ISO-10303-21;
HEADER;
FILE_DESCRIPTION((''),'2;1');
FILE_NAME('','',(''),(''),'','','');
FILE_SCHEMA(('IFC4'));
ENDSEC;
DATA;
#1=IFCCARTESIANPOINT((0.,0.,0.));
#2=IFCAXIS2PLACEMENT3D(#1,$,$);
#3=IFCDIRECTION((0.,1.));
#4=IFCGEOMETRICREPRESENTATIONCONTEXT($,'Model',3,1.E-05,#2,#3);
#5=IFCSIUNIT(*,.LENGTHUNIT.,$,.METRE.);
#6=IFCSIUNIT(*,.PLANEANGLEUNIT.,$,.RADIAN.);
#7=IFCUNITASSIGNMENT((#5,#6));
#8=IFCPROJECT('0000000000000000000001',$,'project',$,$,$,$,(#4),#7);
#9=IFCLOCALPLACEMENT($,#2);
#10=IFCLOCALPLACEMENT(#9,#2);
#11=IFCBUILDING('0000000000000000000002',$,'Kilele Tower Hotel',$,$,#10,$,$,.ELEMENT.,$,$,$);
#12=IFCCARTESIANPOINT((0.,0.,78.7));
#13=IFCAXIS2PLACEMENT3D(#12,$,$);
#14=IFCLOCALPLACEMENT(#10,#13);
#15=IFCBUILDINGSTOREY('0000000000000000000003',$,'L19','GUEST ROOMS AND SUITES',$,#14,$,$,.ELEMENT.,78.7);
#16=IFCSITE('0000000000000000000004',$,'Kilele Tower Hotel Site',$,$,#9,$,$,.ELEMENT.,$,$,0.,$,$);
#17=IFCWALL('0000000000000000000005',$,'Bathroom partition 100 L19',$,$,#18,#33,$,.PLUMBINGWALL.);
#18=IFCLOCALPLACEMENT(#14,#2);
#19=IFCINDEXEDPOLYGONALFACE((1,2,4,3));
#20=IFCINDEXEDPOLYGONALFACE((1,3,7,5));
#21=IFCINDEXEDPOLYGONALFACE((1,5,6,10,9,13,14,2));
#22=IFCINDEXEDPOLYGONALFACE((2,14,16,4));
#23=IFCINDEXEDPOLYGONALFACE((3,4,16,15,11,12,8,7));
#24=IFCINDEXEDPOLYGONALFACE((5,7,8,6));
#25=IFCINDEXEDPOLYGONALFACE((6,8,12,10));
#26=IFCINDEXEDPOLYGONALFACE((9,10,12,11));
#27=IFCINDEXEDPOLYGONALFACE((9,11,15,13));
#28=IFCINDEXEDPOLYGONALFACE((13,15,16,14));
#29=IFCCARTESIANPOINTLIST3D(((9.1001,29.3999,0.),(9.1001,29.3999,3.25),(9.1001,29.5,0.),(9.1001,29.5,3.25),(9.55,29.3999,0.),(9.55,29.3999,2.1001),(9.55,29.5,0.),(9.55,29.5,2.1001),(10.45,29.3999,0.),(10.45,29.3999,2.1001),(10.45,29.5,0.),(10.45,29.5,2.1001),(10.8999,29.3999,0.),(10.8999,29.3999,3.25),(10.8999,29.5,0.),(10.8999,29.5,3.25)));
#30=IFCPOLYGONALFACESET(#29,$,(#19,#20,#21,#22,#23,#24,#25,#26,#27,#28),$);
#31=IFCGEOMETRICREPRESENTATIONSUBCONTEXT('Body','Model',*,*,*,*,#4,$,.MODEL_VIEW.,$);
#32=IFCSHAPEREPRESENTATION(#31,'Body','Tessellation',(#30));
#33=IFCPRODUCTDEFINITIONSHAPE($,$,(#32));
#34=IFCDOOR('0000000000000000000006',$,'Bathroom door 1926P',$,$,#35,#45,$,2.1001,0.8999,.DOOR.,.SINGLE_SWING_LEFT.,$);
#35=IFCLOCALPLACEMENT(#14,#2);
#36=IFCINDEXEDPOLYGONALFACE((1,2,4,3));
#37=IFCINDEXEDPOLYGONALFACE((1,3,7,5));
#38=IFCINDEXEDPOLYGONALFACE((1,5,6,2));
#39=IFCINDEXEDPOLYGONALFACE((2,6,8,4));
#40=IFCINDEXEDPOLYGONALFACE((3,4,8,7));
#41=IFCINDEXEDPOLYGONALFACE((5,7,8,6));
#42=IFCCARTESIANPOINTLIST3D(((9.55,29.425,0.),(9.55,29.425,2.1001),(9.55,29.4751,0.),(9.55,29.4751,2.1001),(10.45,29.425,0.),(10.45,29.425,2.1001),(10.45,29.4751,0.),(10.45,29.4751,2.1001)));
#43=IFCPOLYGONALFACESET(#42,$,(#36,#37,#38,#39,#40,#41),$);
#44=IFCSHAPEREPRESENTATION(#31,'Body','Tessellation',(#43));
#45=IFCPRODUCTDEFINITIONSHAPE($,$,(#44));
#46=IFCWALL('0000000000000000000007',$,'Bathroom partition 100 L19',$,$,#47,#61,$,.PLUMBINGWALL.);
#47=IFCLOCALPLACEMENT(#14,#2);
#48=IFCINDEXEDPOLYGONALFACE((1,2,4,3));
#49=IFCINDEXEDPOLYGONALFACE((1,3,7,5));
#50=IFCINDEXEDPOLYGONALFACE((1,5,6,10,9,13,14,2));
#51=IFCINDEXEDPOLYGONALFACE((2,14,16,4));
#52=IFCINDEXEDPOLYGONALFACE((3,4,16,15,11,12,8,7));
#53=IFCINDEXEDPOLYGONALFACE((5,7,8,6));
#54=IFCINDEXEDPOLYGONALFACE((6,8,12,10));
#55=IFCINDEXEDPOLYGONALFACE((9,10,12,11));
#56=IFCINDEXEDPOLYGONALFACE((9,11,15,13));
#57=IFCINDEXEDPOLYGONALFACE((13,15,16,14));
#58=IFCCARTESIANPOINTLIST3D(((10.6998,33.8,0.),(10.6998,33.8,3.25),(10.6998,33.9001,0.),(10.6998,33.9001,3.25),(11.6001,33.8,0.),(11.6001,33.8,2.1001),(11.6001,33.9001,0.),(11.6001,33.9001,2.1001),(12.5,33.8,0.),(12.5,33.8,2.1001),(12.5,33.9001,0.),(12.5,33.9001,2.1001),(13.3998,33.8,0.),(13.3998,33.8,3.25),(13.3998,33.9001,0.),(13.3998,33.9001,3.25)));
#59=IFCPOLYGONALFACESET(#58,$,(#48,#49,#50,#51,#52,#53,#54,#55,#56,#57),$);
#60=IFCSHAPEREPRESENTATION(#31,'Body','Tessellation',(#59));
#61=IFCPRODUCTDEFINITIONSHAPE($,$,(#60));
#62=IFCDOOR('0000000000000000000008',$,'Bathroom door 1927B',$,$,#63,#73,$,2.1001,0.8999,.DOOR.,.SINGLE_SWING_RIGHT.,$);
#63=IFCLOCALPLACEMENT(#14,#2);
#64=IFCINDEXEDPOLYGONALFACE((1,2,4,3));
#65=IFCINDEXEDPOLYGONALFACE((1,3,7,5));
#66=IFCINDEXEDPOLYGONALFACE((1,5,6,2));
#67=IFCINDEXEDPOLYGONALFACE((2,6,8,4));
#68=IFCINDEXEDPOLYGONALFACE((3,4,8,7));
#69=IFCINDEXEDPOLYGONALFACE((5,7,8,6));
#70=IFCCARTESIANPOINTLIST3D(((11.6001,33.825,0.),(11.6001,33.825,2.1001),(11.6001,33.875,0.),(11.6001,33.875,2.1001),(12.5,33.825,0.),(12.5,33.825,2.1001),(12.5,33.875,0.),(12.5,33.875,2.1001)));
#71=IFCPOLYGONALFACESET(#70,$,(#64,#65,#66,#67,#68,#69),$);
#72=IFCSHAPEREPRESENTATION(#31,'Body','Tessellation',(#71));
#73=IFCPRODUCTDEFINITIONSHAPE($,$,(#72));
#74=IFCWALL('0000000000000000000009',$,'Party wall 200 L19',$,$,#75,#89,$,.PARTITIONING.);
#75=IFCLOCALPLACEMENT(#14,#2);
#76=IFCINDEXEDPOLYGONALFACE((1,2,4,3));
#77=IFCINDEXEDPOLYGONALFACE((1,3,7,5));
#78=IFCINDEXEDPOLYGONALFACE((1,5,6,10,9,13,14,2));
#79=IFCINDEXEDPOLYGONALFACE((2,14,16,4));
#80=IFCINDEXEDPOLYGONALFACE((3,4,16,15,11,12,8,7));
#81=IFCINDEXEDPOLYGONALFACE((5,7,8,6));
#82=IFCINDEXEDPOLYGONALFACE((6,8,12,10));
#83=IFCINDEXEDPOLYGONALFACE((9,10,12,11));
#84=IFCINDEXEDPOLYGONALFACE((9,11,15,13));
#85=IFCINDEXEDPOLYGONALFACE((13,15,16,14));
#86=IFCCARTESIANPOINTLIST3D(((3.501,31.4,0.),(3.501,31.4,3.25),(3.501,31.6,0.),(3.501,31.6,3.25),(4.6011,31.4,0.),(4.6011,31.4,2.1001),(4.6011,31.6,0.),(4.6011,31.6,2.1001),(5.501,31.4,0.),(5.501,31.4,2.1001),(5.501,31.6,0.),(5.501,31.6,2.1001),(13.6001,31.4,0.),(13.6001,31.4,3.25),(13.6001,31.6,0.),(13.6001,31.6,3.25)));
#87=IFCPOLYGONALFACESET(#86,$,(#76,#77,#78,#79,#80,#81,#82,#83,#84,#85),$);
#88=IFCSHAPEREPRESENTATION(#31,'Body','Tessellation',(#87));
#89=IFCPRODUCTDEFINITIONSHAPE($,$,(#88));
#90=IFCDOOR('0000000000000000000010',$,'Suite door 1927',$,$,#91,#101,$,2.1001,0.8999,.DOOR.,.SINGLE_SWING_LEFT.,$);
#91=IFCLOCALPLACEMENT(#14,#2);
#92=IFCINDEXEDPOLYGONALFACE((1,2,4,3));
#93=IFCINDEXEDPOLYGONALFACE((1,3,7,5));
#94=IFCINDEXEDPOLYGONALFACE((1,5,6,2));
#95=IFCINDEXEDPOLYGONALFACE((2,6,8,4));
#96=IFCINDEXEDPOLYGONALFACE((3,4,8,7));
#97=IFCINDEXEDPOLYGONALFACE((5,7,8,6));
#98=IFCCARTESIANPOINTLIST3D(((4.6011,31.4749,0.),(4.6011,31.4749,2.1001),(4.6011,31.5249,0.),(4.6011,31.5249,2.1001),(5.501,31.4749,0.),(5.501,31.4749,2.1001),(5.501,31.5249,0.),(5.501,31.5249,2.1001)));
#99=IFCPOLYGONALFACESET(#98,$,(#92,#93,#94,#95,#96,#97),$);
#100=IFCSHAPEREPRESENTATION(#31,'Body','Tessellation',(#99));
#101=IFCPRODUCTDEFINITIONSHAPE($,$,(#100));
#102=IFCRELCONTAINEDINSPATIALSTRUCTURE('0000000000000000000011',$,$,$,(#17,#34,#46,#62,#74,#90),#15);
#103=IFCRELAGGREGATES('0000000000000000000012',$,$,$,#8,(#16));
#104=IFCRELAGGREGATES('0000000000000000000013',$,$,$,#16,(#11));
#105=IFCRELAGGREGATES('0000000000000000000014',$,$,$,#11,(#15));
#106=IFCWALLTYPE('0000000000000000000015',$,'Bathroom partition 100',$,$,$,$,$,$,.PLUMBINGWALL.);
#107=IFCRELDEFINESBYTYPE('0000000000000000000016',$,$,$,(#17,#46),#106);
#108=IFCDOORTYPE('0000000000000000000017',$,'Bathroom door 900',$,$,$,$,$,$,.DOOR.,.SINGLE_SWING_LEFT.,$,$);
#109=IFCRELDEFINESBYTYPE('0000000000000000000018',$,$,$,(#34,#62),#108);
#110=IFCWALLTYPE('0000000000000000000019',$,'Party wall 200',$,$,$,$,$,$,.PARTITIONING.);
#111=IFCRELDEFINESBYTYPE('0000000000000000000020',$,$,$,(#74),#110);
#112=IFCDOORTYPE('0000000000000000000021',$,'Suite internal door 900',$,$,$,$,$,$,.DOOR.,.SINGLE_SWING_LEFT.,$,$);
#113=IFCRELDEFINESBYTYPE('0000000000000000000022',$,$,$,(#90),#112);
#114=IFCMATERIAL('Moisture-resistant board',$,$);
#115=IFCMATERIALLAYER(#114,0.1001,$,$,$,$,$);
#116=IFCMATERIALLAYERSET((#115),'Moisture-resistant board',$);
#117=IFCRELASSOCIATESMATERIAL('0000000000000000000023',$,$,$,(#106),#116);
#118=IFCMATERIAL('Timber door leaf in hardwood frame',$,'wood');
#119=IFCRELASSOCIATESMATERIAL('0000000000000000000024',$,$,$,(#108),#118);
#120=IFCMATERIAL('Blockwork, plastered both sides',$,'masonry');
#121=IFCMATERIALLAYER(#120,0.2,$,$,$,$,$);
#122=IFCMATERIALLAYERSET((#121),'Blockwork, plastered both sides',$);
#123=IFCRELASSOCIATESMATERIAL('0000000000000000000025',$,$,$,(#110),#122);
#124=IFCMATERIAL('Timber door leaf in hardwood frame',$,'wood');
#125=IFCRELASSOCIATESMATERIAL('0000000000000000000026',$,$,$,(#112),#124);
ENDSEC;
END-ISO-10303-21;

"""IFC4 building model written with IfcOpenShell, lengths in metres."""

from ifc_helpers import new_model, si_unit, direction, frame, frame_2d, origin, place, context, subcontext, project, spatial, rectangle, extrude, material, layer, layer_set, type_object, element, fill, save


model = new_model("IFC4")

# Units and contexts
model_context = context("Model", 3, precision=1e-05, world=origin(), true_north=direction((0.0, 1.0)))
body_context = subcontext(model_context, "Body", "Model", "MODEL_VIEW")
ifc_project = project(units=[si_unit("LENGTHUNIT", "METRE"), si_unit("PLANEANGLEUNIT", "RADIAN")], contexts=[model_context])

# Site, building, storey
site_placement = place(None, origin())
site = spatial("IfcSite", under=ifc_project, at=site_placement, Name="Kilele Tower Hotel Site", CompositionType="ELEMENT", RefElevation=0.0)
building_placement = place(site_placement, origin())
building = spatial("IfcBuilding", under=site, at=building_placement, Name="Kilele Tower Hotel", CompositionType="ELEMENT")
storey_placement = place(building_placement, frame((0.0, 0.0, 78.7)))
storey = spatial("IfcBuildingStorey", under=building, at=storey_placement, Name="L19", Description="GUEST ROOMS AND SUITES", CompositionType="ELEMENT", Elevation=78.7)

# Shared definitions
ifc_material_1 = material(Name="Moisture-resistant board")
ifc_layer_1 = layer(ifc_material_1, 0.1001)
ifc_layer_set_1 = layer_set([ifc_layer_1], Name="Moisture-resistant board")
wall_type_1 = type_object("IfcWallType", Name="Bathroom partition 100", PredefinedType="PLUMBINGWALL", material=ifc_layer_set_1)

# Shared definitions
ifc_material_2 = material(Name="Timber door leaf in hardwood frame", Category="wood")
door_type_1 = type_object("IfcDoorType", Name="Bathroom door 900", OperationType="SINGLE_SWING_LEFT", PredefinedType="DOOR", material=ifc_material_2)

# Walls, openings, doors
wall_1_placement = place(storey_placement, frame((10.8999, 29.45, 0.0), z_axis=(0.0, 0.0, 1.0), x_axis=(-1.0, 0.0, 0.0)))
wall_1 = element("IfcWall", 1, at=wall_1_placement, inside=storey, type_object=wall_type_1, Name="Bathroom partition 100 L19", PredefinedType="PLUMBINGWALL", context=body_context, shape_type="SweptSolid", body=[
    extrude(rectangle(XDim=1.7998, YDim=0.1001, at=frame_2d((0.8999, 0.0))), origin(), (0.0, 0.0, 1.0), 3.25),
])
opening_1_placement = place(wall_1_placement, frame((0.45, 0.0, 0.0)))
opening_1 = element("IfcOpeningElement", 2, at=opening_1_placement, cuts=wall_1, PredefinedType="OPENING", context=body_context, shape_type="SweptSolid", body=[
    extrude(rectangle(XDim=0.8999, YDim=2.1001, at=frame_2d((0.45, 1.05))), frame((0.0, 0.0601, 0.0), z_axis=(0.0, -1.0, 0.0), x_axis=(1.0, 0.0, 0.0)), (0.0, 0.0, 1.0), 0.1201),
])
door_1_placement = place(opening_1_placement, origin())
door_1 = element("IfcDoor", 3, at=door_1_placement, inside=storey, type_object=door_type_1, Name="Bathroom door 1926P", OperationType="SINGLE_SWING_LEFT", OverallHeight=2.1001, OverallWidth=0.8999, PredefinedType="DOOR", context=body_context, shape_type="SweptSolid", body=[
    extrude(rectangle(XDim=0.8999, YDim=2.1001, at=frame_2d((0.45, 1.05))), frame((0.0, 0.0249, 0.0), z_axis=(0.0, -1.0, 0.0), x_axis=(1.0, 0.0, 0.0)), (0.0, 0.0, 1.0), 0.05),
])
fill(opening_1, door_1)
wall_2_placement = place(storey_placement, frame((13.3999, 33.8501, 0.0), z_axis=(0.0, 0.0, 1.0), x_axis=(-1.0, 0.0, 0.0)))
wall_2 = element("IfcWall", 4, at=wall_2_placement, inside=storey, type_object=wall_type_1, Name="Bathroom partition 100 L19", PredefinedType="PLUMBINGWALL", context=body_context, shape_type="SweptSolid", body=[
    extrude(rectangle(XDim=2.7, YDim=0.1001, at=frame_2d((1.3501, 0.0))), origin(), (0.0, 0.0, 1.0), 3.25),
])
opening_2_placement = place(wall_2_placement, frame((1.7998, 0.0, 0.0), z_axis=(0.0, 0.0, 1.0), x_axis=(-1.0, 0.0, 0.0)))
opening_2 = element("IfcOpeningElement", 5, at=opening_2_placement, cuts=wall_2, PredefinedType="OPENING", context=body_context, shape_type="SweptSolid", body=[
    extrude(rectangle(XDim=0.8999, YDim=2.1001, at=frame_2d((0.45, 1.05))), frame((0.0, 0.0601, 0.0), z_axis=(0.0, -1.0, 0.0), x_axis=(1.0, 0.0, 0.0)), (0.0, 0.0, 1.0), 0.1201),
])
door_2_placement = place(opening_2_placement, origin())
door_2 = element("IfcDoor", 6, at=door_2_placement, inside=storey, type_object=door_type_1, Name="Bathroom door 1927B", OperationType="SINGLE_SWING_RIGHT", OverallHeight=2.1001, OverallWidth=0.8999, PredefinedType="DOOR", context=body_context, shape_type="SweptSolid", body=[
    extrude(rectangle(XDim=0.8999, YDim=2.1001, at=frame_2d((0.45, 1.05))), frame((0.0, 0.0249, 0.0), z_axis=(0.0, -1.0, 0.0), x_axis=(1.0, 0.0, 0.0)), (0.0, 0.0, 1.0), 0.05),
])
fill(opening_2, door_2)
ifc_material_3 = material(Name="Blockwork, plastered both sides", Category="masonry")
ifc_layer_2 = layer(ifc_material_3, 0.2)
ifc_layer_set_2 = layer_set([ifc_layer_2], Name="Blockwork, plastered both sides")
wall_type_2 = type_object("IfcWallType", Name="Party wall 200", PredefinedType="PARTITIONING", material=ifc_layer_set_2)
wall_3_placement = place(storey_placement, frame((13.6001, 31.5, 0.0), z_axis=(0.0, 0.0, 1.0), x_axis=(-1.0, 0.0, 0.0)))
wall_3 = element("IfcWall", 7, at=wall_3_placement, inside=storey, type_object=wall_type_2, Name="Party wall 200 L19", PredefinedType="PARTITIONING", context=body_context, shape_type="SweptSolid", body=[
    extrude(rectangle(XDim=10.0991, YDim=0.2, at=frame_2d((5.0496, 0.0))), origin(), (0.0, 0.0, 1.0), 3.25),
])
opening_3_placement = place(wall_3_placement, frame((8.999, 0.0, 0.0), z_axis=(0.0, 0.0, 1.0), x_axis=(-1.0, 0.0, 0.0)))
opening_3 = element("IfcOpeningElement", 8, at=opening_3_placement, cuts=wall_3, PredefinedType="OPENING", context=body_context, shape_type="SweptSolid", body=[
    extrude(rectangle(XDim=0.8999, YDim=2.1001, at=frame_2d((0.45, 1.05))), frame((0.0, 0.1099, 0.0), z_axis=(0.0, -1.0, 0.0), x_axis=(1.0, 0.0, 0.0)), (0.0, 0.0, 1.0), 0.22),
])
ifc_material_4 = material(Name="Timber door leaf in hardwood frame", Category="wood")
door_type_2 = type_object("IfcDoorType", Name="Suite internal door 900", OperationType="SINGLE_SWING_LEFT", PredefinedType="DOOR", material=ifc_material_4)
door_3_placement = place(opening_3_placement, origin())
door_3 = element("IfcDoor", 9, at=door_3_placement, inside=storey, type_object=door_type_2, Name="Suite door 1927", OperationType="SINGLE_SWING_LEFT", OverallHeight=2.1001, OverallWidth=0.8999, PredefinedType="DOOR", context=body_context, shape_type="SweptSolid", body=[
    extrude(rectangle(XDim=0.8999, YDim=2.1001, at=frame_2d((0.45, 1.05))), frame((0.0, 0.0249, 0.0), z_axis=(0.0, -1.0, 0.0), x_axis=(1.0, 0.0, 0.0)), (0.0, 0.0, 1.0), 0.05),
])
fill(opening_3, door_3)

save(model, "model.ifc")
